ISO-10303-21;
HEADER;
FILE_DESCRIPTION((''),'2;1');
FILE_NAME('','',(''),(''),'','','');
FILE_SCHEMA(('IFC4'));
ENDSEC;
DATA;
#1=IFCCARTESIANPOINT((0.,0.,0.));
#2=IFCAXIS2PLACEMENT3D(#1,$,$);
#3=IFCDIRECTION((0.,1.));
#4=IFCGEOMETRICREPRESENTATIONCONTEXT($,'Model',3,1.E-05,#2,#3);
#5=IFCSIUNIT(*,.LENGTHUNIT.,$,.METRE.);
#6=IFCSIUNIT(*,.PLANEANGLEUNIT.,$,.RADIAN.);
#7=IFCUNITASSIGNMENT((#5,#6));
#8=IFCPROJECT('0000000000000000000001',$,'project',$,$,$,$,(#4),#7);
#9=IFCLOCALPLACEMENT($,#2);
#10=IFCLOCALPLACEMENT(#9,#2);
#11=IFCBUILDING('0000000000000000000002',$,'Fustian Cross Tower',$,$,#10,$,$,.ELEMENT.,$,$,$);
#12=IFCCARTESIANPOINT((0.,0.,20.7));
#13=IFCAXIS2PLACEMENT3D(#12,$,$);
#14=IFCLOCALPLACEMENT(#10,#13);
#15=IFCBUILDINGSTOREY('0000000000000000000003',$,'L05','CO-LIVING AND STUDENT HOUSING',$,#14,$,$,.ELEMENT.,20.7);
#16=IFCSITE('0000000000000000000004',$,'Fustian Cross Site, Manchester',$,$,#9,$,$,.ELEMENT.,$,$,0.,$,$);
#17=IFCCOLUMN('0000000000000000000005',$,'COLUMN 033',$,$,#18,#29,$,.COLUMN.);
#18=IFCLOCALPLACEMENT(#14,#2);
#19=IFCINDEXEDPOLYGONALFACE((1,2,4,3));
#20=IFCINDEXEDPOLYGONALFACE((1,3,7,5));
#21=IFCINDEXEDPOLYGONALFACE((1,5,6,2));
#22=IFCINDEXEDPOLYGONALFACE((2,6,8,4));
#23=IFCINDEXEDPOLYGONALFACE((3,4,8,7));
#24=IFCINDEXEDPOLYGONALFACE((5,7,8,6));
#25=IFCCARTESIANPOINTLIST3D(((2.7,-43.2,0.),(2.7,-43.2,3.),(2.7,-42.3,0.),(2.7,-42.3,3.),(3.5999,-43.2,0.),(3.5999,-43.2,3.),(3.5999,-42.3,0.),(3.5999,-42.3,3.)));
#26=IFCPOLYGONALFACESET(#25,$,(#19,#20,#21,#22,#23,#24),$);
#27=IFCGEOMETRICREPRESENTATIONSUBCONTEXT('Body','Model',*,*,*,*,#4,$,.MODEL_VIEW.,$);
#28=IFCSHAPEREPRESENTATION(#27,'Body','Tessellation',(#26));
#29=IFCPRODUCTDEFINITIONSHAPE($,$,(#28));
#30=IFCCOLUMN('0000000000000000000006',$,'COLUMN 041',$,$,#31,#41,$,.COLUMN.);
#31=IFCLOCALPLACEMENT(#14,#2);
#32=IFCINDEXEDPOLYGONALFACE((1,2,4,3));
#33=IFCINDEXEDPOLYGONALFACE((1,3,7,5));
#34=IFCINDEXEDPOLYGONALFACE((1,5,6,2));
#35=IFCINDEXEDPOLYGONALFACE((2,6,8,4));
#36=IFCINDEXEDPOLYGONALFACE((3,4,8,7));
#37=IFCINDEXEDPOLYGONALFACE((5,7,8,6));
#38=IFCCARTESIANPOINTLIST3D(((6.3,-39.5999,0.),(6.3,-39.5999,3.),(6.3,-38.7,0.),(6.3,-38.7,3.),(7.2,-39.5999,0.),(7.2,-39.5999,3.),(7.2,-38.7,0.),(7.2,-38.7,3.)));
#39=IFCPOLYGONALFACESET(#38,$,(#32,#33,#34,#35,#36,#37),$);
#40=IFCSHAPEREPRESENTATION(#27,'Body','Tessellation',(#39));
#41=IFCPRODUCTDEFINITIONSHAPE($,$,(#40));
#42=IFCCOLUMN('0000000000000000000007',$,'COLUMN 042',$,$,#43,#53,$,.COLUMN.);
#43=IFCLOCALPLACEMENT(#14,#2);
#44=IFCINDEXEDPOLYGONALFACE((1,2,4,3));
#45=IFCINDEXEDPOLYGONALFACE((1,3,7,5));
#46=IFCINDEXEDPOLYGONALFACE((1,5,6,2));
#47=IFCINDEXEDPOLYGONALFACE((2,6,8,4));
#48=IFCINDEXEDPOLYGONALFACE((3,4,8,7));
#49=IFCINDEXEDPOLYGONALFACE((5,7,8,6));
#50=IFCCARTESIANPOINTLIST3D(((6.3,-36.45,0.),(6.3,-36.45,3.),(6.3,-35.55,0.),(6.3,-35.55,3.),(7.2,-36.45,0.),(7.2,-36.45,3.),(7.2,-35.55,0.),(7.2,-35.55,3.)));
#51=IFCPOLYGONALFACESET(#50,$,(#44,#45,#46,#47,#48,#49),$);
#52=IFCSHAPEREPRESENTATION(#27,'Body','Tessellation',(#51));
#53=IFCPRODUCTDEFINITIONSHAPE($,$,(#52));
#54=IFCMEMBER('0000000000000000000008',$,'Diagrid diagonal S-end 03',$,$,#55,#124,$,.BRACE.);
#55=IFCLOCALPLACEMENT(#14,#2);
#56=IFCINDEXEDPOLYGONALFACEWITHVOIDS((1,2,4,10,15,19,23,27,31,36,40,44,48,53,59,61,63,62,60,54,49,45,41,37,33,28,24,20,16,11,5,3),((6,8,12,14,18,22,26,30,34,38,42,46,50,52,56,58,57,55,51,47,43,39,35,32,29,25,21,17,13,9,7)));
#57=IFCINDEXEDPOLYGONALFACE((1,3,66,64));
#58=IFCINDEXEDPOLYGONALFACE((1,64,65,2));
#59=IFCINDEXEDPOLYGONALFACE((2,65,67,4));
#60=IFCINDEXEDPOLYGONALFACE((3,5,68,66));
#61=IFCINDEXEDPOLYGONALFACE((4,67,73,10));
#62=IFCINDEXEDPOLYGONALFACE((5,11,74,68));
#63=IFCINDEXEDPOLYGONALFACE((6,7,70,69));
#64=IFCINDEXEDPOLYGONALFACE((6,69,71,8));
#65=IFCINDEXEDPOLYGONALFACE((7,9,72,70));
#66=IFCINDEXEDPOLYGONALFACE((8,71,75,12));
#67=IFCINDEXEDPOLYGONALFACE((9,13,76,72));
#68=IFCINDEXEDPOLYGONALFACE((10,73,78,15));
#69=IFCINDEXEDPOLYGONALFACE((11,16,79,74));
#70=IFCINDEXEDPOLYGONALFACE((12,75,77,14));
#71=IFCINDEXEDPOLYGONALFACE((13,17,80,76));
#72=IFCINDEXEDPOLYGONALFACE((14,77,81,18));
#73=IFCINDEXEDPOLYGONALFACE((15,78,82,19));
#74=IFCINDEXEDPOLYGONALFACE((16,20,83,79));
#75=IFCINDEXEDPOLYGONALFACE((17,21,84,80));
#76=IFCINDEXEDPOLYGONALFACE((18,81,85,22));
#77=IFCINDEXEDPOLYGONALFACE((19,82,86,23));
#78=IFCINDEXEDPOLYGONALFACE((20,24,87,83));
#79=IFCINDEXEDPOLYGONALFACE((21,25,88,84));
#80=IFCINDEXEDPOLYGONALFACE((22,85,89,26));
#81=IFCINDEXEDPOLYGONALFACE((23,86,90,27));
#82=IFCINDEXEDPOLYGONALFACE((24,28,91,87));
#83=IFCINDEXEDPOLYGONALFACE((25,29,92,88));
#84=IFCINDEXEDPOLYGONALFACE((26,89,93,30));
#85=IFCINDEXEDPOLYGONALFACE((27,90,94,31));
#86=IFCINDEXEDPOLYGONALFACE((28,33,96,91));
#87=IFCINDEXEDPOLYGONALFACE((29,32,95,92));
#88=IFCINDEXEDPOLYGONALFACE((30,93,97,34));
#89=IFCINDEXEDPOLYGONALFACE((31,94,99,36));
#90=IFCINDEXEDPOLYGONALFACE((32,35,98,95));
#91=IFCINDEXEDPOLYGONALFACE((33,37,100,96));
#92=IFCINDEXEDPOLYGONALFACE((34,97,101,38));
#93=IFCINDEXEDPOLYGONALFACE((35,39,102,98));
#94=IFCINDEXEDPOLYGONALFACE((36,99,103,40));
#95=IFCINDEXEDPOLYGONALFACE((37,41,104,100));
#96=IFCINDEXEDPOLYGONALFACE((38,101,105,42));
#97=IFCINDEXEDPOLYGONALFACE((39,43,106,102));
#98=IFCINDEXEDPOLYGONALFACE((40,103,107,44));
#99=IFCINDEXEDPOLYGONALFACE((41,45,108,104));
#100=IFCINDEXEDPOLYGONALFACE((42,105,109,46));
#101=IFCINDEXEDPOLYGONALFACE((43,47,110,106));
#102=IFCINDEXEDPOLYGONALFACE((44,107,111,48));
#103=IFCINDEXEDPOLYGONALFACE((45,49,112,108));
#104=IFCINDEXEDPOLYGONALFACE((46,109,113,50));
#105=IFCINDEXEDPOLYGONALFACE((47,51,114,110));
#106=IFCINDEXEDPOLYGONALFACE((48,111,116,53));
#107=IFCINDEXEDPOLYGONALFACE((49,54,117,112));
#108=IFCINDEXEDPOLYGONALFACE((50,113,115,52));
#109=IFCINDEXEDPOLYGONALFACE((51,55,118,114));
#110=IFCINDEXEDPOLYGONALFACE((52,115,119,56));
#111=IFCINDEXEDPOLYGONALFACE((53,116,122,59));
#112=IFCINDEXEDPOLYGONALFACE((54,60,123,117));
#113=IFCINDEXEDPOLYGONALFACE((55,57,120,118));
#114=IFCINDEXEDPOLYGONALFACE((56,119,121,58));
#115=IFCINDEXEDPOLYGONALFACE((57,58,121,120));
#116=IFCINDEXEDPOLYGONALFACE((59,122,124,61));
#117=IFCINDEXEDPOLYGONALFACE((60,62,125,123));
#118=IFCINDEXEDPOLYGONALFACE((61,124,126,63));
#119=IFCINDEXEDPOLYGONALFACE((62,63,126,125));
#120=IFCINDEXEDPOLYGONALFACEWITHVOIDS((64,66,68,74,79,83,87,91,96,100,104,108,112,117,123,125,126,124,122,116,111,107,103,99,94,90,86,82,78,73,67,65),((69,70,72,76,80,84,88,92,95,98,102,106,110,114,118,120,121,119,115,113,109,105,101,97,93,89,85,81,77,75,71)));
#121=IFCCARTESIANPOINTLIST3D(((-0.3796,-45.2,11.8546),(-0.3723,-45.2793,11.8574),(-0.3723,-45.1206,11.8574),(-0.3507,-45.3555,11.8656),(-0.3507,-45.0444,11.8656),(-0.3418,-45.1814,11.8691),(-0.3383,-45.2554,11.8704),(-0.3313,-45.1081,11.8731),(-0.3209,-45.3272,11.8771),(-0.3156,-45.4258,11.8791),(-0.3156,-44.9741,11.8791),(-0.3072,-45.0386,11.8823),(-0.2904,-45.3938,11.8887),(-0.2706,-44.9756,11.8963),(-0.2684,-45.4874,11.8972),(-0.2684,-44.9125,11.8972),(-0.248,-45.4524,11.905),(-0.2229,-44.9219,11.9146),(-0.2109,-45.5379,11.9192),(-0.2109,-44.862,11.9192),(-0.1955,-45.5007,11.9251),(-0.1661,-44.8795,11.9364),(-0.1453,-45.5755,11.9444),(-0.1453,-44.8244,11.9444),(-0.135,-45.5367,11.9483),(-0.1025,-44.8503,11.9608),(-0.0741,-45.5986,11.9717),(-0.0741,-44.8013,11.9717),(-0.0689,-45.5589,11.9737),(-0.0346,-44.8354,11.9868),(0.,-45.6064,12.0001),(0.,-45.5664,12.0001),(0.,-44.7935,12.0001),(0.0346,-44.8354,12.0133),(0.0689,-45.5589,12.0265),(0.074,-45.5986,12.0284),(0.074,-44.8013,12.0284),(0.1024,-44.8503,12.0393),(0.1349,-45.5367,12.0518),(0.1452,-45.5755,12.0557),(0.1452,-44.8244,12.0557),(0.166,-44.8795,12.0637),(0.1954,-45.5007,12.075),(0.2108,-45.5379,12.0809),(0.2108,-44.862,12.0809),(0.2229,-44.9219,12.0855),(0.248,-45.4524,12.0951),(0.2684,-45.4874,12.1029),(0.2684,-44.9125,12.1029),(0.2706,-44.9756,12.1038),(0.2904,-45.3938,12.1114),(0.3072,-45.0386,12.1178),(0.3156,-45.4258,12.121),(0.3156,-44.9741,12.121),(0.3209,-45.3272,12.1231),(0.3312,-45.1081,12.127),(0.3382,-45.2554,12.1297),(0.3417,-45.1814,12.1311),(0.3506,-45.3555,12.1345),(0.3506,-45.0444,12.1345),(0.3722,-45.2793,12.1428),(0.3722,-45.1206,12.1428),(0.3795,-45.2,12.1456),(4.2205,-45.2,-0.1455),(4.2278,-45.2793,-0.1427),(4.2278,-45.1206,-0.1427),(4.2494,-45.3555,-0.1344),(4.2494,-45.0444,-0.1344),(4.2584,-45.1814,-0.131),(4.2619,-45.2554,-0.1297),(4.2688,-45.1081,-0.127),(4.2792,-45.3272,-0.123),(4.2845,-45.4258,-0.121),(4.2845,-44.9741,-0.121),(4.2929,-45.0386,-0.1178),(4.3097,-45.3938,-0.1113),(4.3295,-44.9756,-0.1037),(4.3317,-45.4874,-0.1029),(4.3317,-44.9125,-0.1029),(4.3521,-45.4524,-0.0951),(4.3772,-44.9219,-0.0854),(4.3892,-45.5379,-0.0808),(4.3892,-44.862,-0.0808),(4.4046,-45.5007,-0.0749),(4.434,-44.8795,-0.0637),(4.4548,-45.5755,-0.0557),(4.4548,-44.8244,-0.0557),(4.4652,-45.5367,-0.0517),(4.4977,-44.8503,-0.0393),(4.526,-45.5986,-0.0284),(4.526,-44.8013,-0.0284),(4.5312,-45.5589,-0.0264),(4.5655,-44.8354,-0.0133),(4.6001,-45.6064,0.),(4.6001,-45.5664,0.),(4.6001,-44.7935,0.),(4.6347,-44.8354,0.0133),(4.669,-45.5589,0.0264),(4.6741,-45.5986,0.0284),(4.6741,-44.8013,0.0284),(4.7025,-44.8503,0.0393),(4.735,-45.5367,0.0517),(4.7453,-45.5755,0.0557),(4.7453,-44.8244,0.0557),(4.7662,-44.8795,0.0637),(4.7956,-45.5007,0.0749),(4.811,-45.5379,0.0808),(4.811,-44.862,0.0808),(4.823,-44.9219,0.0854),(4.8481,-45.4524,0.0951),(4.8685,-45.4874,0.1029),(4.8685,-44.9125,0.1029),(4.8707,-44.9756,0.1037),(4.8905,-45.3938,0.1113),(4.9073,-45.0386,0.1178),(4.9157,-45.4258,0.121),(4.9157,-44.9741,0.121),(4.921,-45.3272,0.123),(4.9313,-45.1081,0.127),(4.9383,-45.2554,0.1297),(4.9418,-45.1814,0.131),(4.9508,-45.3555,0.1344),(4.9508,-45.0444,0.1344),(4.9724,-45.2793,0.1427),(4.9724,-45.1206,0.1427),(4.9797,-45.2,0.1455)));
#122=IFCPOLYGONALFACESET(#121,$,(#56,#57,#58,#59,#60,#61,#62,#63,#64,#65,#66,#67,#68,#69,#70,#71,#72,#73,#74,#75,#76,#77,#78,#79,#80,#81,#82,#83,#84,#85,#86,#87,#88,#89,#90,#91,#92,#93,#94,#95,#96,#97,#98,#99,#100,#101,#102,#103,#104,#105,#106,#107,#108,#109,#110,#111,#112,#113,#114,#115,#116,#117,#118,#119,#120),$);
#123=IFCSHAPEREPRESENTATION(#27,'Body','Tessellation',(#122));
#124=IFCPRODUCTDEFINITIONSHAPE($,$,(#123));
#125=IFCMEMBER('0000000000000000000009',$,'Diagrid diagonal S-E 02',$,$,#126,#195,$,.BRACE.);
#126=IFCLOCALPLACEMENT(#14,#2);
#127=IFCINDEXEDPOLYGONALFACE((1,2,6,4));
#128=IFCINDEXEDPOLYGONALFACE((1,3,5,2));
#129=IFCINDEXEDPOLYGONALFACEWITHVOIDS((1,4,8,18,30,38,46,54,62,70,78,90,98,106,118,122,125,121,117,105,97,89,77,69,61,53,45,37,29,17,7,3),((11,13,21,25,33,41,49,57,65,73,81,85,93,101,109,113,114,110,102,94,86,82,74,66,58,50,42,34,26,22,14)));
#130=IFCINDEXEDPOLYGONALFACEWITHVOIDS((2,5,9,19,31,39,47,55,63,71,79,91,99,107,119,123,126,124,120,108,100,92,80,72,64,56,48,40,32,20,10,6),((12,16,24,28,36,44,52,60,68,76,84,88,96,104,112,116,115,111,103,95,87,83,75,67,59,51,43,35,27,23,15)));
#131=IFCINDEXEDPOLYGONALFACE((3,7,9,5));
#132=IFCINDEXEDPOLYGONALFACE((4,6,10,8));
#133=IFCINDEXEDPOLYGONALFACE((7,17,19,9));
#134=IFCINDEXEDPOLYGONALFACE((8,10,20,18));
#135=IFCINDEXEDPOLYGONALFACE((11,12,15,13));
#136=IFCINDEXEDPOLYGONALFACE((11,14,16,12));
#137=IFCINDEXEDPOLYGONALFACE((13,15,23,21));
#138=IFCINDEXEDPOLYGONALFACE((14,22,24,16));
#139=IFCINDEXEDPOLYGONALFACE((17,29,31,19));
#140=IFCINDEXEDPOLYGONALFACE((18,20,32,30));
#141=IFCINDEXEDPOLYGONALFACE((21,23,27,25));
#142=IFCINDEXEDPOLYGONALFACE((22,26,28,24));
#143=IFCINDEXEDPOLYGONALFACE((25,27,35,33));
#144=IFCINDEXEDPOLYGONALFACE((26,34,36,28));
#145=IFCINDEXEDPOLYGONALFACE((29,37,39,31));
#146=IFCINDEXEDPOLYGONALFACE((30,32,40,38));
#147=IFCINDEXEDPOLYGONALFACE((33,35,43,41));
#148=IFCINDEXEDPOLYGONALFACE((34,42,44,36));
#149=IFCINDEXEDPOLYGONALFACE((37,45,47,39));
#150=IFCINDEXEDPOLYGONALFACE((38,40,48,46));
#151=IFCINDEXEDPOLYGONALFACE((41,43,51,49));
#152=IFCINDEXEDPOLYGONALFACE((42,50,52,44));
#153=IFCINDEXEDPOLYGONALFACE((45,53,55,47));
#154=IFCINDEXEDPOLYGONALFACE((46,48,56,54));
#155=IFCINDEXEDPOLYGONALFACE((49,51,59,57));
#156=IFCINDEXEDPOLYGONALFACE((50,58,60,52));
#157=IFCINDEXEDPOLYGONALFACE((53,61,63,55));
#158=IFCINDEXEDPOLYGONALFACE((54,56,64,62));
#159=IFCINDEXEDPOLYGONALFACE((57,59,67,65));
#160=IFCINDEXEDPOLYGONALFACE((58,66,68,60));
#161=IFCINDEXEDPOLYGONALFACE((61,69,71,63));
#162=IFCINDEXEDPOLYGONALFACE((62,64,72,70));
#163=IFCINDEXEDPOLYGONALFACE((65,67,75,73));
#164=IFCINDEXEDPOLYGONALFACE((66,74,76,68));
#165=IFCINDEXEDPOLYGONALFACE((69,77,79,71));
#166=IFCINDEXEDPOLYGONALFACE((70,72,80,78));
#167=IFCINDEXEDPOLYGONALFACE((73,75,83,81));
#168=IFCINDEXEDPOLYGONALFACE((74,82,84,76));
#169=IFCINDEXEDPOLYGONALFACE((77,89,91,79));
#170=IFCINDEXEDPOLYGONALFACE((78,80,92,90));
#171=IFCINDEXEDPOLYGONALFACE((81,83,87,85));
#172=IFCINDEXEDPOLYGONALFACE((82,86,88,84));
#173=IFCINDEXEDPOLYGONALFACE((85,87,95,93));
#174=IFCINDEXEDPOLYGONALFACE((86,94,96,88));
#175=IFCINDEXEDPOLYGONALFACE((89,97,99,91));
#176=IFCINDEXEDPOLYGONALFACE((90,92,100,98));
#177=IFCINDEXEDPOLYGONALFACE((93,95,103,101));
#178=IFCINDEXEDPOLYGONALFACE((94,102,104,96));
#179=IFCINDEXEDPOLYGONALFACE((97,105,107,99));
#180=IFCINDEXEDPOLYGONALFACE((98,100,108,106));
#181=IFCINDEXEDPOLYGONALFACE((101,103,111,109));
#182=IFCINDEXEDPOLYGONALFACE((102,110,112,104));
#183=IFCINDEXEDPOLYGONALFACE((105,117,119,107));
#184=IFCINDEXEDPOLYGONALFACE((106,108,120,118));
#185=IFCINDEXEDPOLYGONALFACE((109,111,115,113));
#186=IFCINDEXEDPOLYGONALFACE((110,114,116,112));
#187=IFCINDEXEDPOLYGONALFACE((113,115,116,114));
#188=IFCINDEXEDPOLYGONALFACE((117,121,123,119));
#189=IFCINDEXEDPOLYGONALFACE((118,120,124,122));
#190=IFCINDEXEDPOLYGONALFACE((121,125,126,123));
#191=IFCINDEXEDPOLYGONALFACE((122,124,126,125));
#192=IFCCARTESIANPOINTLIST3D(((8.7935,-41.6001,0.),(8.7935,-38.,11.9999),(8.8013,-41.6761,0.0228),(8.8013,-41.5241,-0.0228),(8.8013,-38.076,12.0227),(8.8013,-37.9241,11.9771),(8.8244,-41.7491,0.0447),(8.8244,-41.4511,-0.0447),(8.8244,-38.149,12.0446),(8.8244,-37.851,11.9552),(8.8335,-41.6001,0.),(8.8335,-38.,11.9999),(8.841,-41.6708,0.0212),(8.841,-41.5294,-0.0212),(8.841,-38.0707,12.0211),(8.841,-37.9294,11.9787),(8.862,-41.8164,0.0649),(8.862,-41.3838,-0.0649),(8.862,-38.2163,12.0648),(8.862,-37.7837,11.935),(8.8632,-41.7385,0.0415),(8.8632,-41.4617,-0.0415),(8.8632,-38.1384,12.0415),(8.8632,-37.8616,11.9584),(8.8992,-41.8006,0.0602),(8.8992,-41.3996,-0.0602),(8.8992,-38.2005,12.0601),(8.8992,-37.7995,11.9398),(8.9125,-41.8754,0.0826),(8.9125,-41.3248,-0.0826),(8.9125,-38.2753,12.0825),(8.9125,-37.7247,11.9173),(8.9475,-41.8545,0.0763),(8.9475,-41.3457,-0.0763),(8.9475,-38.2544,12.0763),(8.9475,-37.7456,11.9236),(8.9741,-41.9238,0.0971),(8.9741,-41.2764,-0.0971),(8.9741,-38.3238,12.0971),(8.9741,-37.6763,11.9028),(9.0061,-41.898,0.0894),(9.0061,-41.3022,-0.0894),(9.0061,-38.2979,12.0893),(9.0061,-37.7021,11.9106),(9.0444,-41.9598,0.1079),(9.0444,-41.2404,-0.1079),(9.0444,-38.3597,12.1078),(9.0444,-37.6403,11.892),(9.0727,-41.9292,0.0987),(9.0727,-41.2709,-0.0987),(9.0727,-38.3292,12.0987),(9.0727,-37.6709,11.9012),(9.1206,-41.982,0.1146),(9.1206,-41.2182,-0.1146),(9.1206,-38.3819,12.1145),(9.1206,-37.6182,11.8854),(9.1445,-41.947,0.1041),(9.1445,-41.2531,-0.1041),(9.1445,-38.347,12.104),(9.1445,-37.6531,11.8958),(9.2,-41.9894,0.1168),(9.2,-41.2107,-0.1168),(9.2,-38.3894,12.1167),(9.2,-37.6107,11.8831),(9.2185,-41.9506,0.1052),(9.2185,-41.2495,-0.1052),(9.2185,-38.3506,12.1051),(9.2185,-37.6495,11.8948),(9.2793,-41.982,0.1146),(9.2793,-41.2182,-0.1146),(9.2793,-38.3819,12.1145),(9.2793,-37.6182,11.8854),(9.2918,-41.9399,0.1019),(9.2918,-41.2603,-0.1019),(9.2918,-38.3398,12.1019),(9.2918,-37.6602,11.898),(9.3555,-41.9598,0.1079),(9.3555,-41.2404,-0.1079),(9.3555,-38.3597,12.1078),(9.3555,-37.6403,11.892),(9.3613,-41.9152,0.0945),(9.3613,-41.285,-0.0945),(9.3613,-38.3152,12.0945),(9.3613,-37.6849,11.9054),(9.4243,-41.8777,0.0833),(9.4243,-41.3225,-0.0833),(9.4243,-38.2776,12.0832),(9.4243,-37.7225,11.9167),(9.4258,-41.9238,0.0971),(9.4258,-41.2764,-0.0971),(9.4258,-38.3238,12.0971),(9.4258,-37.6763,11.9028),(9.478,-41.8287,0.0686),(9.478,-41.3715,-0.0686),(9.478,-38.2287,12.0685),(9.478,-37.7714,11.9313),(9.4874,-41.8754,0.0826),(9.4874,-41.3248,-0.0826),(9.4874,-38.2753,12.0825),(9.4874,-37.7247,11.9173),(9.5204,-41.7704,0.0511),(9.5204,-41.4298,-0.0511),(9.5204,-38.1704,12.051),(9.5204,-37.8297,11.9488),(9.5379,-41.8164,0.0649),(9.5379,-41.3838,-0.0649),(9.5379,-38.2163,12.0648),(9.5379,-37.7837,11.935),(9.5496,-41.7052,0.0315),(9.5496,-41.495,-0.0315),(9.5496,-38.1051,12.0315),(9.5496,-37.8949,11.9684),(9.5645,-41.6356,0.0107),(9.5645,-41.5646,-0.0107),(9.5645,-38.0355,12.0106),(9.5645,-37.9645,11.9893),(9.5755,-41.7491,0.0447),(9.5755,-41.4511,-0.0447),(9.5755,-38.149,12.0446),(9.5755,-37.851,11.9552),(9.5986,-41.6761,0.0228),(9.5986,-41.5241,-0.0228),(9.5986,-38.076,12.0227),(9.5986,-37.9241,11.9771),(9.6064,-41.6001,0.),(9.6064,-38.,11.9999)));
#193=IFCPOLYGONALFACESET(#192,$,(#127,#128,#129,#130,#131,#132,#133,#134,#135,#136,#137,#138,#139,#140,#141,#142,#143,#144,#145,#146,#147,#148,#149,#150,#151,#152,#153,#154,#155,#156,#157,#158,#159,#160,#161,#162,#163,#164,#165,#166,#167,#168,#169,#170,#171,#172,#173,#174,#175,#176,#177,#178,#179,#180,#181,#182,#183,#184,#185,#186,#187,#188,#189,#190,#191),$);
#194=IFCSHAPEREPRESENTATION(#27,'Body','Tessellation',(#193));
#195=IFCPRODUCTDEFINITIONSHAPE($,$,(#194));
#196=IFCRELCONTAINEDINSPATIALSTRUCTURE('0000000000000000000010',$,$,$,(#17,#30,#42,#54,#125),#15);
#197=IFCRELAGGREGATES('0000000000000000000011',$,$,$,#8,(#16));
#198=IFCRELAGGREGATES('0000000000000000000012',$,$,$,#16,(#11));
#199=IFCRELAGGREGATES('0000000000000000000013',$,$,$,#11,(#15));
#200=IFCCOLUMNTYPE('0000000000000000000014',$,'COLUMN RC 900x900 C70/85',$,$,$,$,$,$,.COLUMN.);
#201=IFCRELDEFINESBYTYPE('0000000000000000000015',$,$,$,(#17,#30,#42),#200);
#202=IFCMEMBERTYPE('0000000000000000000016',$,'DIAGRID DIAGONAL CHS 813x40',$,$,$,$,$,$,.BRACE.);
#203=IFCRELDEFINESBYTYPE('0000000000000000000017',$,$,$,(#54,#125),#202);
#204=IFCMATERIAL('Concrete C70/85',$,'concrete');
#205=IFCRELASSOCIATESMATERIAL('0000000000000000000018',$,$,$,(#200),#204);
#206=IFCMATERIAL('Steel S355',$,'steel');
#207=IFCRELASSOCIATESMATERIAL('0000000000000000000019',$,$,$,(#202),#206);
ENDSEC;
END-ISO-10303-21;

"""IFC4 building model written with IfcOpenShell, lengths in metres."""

from ifc_helpers import new_model, si_unit, direction, frame, origin, origin_2d, place, context, subcontext, project, spatial, rectangle, hollow_circle, extrude, material, material_profile, profile_set, type_object, element, save


model = new_model("IFC4")

# Units and contexts
model_context = context("Model", 3, precision=1e-05, world=origin(), true_north=direction((0.0, 1.0)))
body_context = subcontext(model_context, "Body", "Model", "MODEL_VIEW")
ifc_project = project(units=[si_unit("LENGTHUNIT", "METRE"), si_unit("PLANEANGLEUNIT", "RADIAN")], contexts=[model_context])

# Site, building, storey
site_placement = place(None, origin())
site = spatial("IfcSite", under=ifc_project, at=site_placement, Name="Fustian Cross Site, Manchester", CompositionType="ELEMENT", RefElevation=0.0)
building_placement = place(site_placement, origin())
building = spatial("IfcBuilding", under=site, at=building_placement, Name="Fustian Cross Tower", CompositionType="ELEMENT")
storey_placement = place(building_placement, frame((0.0, 0.0, 20.7)))
storey = spatial("IfcBuildingStorey", under=building, at=storey_placement, Name="L05", Description="CO-LIVING AND STUDENT HOUSING", CompositionType="ELEMENT", Elevation=20.7)

# Columns
ifc_material_1 = material(Name="Concrete C70/85", Category="concrete")
ifc_material_profile_1 = material_profile(ifc_material_1, rectangle(XDim=0.8999, YDim=0.8999, at=origin_2d()), Name="RC 900x900")
ifc_profile_set_1 = profile_set([ifc_material_profile_1], Name="Concrete C70/85")
column_type = type_object("IfcColumnType", Name="COLUMN RC 900x900 C70/85", PredefinedType="COLUMN", material=ifc_profile_set_1)
for number, where, z_axis, x_axis, name in (
    (1, (3.1499, -42.75, 0.0), (0.0, 0.0, 1.0), (1.0, 0.0, 0.0), "COLUMN 033"),
    (2, (6.75, -39.1499, 0.0), (0.0, 0.0, 1.0), (1.0, 0.0, 0.0), "COLUMN 041"),
    (3, (6.75, -36.0, 0.0), (0.0, 0.0, 1.0), (1.0, 0.0, 0.0), "COLUMN 042"),
):
    element("IfcColumn", number, at=place(storey_placement, frame(where, z_axis=z_axis, x_axis=x_axis)), inside=storey, type_object=column_type, Name=name, PredefinedType="COLUMN", context=body_context, shape_type="SweptSolid", body=[
        extrude(rectangle(XDim=0.8999, YDim=0.8999, at=origin_2d()), origin(), (0.0, 0.0, 1.0), 3.0),
    ])

# Members
ifc_material_2 = material(Name="Steel S355", Category="steel")
ifc_material_profile_2 = material_profile(ifc_material_2, hollow_circle(Radius=0.4065, WallThickness=0.04, at=origin_2d()), Name="CHS 813x40")
ifc_profile_set_2 = profile_set([ifc_material_profile_2], Name="Steel S355")
member_type_1 = type_object("IfcMemberType", Name="DIAGRID DIAGONAL CHS 813x40", PredefinedType="BRACE", material=ifc_profile_set_2)
member_1_placement = place(storey_placement, frame((4.6001, -45.2, 0.0), z_axis=(-0.357943, 0.0, 0.933744), x_axis=(0.0, -1.0, 0.0)))
element("IfcMember", 4, at=member_1_placement, inside=storey, type_object=member_type_1, Name="Diagrid diagonal S-end 03", PredefinedType="BRACE", context=body_context, shape_type="SweptSolid", body=[
    extrude(hollow_circle(Radius=0.4065, WallThickness=0.04, at=origin_2d()), origin(), (0.0, 0.0, 1.0), 12.8516),
])
member_2_placement = place(storey_placement, frame((9.2, -41.6001, 0.0), z_axis=(0.0, 0.287355, 0.957824), x_axis=(-1.0, 0.0, 0.0)))
element("IfcMember", 5, at=member_2_placement, inside=storey, type_object=member_type_1, Name="Diagrid diagonal S-E 02", PredefinedType="BRACE", context=body_context, shape_type="SweptSolid", body=[
    extrude(hollow_circle(Radius=0.4065, WallThickness=0.04, at=origin_2d()), origin(), (0.0, 0.0, 1.0), 12.5283),
])

save(model, "model.ifc")
